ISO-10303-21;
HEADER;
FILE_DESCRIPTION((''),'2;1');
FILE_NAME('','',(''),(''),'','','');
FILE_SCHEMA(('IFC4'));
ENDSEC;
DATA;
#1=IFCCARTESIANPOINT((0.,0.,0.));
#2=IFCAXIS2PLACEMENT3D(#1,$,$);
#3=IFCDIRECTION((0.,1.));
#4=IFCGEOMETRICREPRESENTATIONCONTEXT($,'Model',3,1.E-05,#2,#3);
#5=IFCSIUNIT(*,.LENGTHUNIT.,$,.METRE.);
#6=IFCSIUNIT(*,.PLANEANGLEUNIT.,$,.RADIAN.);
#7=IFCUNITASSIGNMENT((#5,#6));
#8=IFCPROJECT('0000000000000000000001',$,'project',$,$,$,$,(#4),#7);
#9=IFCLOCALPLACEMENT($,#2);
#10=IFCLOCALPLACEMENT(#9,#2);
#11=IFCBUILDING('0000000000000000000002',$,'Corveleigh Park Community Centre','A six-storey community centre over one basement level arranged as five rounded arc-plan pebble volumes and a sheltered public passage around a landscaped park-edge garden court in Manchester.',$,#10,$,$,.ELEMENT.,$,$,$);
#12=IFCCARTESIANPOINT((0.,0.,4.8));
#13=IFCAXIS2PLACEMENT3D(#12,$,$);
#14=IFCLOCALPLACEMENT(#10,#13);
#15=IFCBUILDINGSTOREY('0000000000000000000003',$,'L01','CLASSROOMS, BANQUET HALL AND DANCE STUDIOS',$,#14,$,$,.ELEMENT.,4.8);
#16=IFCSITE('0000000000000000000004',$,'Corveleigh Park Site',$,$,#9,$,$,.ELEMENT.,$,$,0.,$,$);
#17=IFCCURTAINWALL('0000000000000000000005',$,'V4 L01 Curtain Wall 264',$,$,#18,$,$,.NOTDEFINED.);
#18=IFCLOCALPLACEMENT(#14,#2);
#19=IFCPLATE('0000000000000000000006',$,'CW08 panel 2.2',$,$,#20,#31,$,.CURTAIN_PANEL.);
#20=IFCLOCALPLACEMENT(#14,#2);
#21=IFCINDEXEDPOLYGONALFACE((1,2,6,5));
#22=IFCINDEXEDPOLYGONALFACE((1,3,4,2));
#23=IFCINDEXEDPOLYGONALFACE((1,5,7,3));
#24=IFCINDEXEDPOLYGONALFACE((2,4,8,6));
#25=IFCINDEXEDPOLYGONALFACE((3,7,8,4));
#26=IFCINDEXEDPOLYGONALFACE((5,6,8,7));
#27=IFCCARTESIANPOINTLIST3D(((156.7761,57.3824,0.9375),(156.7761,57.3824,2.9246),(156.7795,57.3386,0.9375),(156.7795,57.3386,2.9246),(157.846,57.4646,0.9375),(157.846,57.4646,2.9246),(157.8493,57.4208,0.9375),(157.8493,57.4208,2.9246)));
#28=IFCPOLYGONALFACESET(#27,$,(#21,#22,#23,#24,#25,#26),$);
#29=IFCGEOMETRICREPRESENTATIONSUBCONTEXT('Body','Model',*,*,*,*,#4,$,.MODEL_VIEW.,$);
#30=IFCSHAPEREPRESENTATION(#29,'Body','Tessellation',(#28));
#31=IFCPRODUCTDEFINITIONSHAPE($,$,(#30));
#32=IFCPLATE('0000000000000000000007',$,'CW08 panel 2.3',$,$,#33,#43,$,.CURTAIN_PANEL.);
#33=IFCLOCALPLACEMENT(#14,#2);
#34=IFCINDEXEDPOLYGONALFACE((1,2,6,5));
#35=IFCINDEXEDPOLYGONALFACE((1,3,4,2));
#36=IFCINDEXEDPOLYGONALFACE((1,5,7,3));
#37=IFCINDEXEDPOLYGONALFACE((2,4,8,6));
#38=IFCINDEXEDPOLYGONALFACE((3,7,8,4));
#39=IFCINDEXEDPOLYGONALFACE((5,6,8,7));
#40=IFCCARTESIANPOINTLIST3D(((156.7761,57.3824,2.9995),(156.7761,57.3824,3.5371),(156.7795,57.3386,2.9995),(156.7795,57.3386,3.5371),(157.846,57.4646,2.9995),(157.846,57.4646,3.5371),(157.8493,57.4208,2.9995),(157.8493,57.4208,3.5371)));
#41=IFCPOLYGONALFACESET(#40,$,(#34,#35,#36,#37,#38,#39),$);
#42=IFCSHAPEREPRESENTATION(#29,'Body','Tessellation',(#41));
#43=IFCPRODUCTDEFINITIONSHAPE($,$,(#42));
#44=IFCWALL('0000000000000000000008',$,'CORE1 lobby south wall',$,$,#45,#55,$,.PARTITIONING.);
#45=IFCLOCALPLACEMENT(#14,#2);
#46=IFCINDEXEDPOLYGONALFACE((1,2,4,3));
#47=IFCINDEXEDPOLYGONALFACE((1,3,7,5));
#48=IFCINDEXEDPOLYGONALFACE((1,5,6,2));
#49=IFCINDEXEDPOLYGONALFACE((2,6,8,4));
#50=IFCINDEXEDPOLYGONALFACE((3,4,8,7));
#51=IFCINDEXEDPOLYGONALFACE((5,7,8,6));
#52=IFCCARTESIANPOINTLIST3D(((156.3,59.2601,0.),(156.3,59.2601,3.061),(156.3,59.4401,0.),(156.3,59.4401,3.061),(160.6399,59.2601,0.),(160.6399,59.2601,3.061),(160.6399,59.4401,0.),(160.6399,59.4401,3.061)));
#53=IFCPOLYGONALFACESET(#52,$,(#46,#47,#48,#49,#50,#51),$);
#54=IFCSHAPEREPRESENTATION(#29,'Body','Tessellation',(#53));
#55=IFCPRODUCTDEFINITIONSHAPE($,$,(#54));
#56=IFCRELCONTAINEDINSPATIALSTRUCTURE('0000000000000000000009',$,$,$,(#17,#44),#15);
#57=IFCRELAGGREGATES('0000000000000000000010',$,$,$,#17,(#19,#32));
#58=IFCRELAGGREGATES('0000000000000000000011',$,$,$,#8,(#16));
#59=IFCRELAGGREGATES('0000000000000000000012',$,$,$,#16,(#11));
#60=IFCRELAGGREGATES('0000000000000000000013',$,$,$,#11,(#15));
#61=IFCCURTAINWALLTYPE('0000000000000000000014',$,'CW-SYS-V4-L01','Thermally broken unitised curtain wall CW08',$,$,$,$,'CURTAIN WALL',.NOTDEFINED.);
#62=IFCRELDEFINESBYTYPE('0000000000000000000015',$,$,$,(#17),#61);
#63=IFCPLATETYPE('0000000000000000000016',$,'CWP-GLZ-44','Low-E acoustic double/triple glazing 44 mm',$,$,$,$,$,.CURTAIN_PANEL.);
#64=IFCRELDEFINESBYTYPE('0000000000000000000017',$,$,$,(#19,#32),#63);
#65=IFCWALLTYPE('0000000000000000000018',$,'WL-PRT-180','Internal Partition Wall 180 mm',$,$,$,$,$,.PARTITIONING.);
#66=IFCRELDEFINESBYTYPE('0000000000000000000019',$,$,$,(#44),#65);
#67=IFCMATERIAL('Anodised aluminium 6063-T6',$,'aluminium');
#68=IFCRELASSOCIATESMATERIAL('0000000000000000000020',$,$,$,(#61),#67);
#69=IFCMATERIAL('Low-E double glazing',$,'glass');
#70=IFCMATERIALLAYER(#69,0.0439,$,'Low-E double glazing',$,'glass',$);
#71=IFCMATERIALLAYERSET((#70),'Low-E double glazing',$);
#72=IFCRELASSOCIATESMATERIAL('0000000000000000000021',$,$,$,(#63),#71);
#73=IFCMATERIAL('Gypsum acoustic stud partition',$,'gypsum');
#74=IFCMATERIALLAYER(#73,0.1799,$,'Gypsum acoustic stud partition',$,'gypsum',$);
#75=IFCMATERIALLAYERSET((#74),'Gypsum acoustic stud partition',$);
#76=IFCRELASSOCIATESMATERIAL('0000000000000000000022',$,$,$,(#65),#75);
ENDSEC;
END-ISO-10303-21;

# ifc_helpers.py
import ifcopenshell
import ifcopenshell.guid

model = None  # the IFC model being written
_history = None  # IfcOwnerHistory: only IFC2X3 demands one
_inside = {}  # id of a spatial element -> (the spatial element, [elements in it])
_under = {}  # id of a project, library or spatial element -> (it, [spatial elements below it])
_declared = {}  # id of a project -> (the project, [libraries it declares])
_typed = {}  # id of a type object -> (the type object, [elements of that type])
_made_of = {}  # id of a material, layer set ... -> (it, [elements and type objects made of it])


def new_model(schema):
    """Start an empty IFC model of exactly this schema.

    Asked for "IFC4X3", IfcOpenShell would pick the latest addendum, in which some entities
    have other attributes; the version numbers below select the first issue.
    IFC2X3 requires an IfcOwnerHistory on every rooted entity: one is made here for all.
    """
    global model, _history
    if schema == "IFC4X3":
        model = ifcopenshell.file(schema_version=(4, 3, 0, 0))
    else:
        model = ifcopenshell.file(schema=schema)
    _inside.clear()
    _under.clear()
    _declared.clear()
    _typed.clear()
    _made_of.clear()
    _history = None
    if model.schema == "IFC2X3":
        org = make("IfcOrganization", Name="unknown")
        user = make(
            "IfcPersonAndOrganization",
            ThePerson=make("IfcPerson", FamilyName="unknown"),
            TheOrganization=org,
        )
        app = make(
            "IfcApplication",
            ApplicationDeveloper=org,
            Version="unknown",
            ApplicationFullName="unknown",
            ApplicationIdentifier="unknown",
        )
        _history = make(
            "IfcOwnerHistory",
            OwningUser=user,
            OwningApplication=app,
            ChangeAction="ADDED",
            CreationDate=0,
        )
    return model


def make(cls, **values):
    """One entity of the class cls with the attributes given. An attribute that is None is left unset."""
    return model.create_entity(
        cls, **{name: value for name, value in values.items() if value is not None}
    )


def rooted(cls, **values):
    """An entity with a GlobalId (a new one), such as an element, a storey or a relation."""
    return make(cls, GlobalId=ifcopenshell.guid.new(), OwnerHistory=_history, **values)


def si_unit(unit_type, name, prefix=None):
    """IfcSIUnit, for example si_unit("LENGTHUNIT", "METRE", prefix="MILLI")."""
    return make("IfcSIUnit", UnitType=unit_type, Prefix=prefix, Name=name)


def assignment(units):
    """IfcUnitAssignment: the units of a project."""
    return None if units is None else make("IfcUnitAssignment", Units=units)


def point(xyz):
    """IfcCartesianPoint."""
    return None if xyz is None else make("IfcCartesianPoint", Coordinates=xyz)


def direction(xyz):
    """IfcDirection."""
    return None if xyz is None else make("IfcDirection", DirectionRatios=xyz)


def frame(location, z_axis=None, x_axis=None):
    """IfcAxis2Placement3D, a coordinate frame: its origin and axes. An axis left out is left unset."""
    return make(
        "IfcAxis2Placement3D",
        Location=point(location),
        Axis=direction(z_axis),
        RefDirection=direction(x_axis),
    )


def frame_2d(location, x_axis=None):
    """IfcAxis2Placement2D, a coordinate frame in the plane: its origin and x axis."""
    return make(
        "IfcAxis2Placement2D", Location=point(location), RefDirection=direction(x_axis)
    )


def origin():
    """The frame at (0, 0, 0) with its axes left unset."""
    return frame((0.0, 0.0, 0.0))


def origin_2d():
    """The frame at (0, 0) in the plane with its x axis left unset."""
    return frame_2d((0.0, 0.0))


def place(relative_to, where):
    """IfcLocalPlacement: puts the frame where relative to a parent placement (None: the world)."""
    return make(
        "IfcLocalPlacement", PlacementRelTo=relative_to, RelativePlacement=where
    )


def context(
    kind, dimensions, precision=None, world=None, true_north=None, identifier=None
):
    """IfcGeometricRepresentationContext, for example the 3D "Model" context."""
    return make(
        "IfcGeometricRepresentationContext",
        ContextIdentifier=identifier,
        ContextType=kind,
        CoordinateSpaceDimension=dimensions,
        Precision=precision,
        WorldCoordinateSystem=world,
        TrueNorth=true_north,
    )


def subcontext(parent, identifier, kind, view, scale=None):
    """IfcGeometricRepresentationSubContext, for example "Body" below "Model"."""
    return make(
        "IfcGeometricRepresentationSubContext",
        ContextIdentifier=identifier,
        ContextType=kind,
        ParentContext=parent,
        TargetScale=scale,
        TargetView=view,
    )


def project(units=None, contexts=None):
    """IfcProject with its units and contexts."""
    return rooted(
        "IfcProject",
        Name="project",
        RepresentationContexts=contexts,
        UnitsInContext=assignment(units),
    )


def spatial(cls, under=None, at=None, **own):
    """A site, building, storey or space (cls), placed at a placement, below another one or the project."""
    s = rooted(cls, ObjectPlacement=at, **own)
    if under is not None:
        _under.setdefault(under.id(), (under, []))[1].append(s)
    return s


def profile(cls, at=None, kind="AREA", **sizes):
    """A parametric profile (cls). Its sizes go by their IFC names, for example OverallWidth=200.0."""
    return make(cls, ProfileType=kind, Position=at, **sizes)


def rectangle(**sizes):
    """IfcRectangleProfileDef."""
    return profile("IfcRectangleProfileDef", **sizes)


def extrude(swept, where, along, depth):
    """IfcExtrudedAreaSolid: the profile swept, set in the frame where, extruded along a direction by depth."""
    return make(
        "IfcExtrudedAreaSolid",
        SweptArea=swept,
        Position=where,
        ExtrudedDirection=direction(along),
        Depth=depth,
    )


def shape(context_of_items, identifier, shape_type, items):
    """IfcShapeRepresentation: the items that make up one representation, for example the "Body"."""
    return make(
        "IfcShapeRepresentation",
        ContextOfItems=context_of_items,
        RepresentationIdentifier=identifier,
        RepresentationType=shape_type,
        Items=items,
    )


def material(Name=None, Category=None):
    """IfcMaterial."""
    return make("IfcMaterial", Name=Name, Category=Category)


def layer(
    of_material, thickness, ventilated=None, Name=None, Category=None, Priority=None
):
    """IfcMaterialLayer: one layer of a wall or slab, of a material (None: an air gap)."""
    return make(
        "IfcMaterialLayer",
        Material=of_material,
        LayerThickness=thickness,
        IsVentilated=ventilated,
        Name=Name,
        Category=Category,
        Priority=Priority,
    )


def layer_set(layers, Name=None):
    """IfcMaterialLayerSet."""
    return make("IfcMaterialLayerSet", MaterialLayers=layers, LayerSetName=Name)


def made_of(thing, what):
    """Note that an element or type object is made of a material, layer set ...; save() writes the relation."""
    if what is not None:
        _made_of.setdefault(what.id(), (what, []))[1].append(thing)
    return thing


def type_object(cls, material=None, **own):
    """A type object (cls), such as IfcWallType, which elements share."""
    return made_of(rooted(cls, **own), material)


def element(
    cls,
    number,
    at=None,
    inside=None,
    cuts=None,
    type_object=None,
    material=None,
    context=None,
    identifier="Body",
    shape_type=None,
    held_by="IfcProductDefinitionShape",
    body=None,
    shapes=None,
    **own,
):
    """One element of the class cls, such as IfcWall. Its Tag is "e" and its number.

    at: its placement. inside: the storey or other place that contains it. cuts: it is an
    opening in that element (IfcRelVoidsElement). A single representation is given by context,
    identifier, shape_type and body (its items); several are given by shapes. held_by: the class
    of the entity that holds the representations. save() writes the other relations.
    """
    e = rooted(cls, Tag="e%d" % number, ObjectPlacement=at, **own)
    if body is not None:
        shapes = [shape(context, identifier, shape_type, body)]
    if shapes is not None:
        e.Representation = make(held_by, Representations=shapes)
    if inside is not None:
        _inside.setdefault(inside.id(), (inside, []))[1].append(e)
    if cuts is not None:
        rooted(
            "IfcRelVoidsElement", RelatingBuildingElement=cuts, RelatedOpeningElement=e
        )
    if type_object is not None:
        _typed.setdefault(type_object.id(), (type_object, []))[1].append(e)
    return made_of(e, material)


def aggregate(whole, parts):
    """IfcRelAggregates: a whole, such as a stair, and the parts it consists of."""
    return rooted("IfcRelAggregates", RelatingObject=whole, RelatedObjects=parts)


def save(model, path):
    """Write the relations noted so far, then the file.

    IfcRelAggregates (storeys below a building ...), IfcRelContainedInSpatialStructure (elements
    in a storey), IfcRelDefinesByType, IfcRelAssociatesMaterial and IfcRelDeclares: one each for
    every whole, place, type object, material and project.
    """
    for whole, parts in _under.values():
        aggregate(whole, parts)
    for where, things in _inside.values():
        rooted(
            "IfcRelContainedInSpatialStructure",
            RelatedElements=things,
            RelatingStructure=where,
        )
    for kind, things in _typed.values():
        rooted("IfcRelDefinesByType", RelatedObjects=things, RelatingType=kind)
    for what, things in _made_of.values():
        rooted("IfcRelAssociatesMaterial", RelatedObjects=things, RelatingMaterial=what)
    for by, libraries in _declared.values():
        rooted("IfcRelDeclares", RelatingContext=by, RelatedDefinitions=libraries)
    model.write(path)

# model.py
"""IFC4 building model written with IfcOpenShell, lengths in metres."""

from ifc_helpers import new_model, si_unit, direction, frame, frame_2d, origin, origin_2d, place, context, subcontext, project, spatial, rectangle, extrude, material, layer, layer_set, type_object, element, aggregate, save


model = new_model("IFC4")

# Units and contexts
model_context = context("Model", 3, precision=1e-05, world=origin(), true_north=direction((0.0, 1.0)))
body_context = subcontext(model_context, "Body", "Model", "MODEL_VIEW")
ifc_project = project(units=[si_unit("LENGTHUNIT", "METRE"), si_unit("PLANEANGLEUNIT", "RADIAN")], contexts=[model_context])

# Site, building, storey
site_placement = place(None, origin())
site = spatial("IfcSite", under=ifc_project, at=site_placement, Name="Corveleigh Park Site", CompositionType="ELEMENT", RefElevation=0.0)
building_placement = place(site_placement, origin())
building = spatial("IfcBuilding", under=site, at=building_placement, Name="Corveleigh Park Community Centre", Description="A six-storey community centre over one basement level arranged as five rounded arc-plan pebble volumes and a sheltered public passage around a landscaped park-edge garden court in Manchester.", CompositionType="ELEMENT")
storey_placement = place(building_placement, frame((0.0, 0.0, 4.8)))
storey = spatial("IfcBuildingStorey", under=building, at=storey_placement, Name="L01", Description="CLASSROOMS, BANQUET HALL AND DANCE STUDIOS", CompositionType="ELEMENT", Elevation=4.8)

# Curtain wall
ifc_material_1 = material(Name="Anodised aluminium 6063-T6", Category="aluminium")
curtain_wall_type = type_object("IfcCurtainWallType", Name="CW-SYS-V4-L01", Description="Thermally broken unitised curtain wall CW08", ElementType="CURTAIN WALL", PredefinedType="NOTDEFINED", material=ifc_material_1)
curtain_wall_1_placement = place(storey_placement, origin())
curtain_wall_1 = element("IfcCurtainWall", 1, at=curtain_wall_1_placement, inside=storey, type_object=curtain_wall_type, Name="V4 L01 Curtain Wall 264", PredefinedType="NOTDEFINED")

# Plates
ifc_material_2 = material(Name="Low-E double glazing", Category="glass")
ifc_layer_1 = layer(ifc_material_2, 0.0439, Name="Low-E double glazing", Category="glass")
ifc_layer_set_1 = layer_set([ifc_layer_1], Name="Low-E double glazing")
plate_type = type_object("IfcPlateType", Name="CWP-GLZ-44", Description="Low-E acoustic double/triple glazing 44 mm", PredefinedType="CURTAIN_PANEL", material=ifc_layer_set_1)
plate_1_placement = place(storey_placement, frame((157.3127, 57.4016, 0.9375), z_axis=(0.0, 0.0, 1.0), x_axis=(-0.997059, -0.076633, 0.0)))
plate_1 = element("IfcPlate", 2, at=plate_1_placement, type_object=plate_type, Name="CW08 panel 2.2", PredefinedType="CURTAIN_PANEL", context=body_context, shape_type="SweptSolid", body=[
    extrude(rectangle(XDim=1.073, YDim=0.0439, at=origin_2d()), origin(), (0.0, 0.0, 1.0), 1.9871),
])
plate_2_placement = place(storey_placement, frame((157.3127, 57.4016, 2.9995), z_axis=(0.0, 0.0, 1.0), x_axis=(-0.997059, -0.076633, 0.0)))
plate_2 = element("IfcPlate", 3, at=plate_2_placement, type_object=plate_type, Name="CW08 panel 2.3", PredefinedType="CURTAIN_PANEL", context=body_context, shape_type="SweptSolid", body=[
    extrude(rectangle(XDim=1.073, YDim=0.0439, at=origin_2d()), origin(), (0.0, 0.0, 1.0), 0.5376),
])
aggregate(curtain_wall_1, [plate_1, plate_2])

# Wall
ifc_material_3 = material(Name="Gypsum acoustic stud partition", Category="gypsum")
ifc_layer_2 = layer(ifc_material_3, 0.1799, Name="Gypsum acoustic stud partition", Category="gypsum")
ifc_layer_set_2 = layer_set([ifc_layer_2], Name="Gypsum acoustic stud partition")
wall_type = type_object("IfcWallType", Name="WL-PRT-180", Description="Internal Partition Wall 180 mm", PredefinedType="PARTITIONING", material=ifc_layer_set_2)
wall_placement = place(storey_placement, frame((156.3, 59.3501, 0.0), z_axis=(0.0, 0.0, 1.0), x_axis=(1.0, 0.0, 0.0)))
element("IfcWall", 4, at=wall_placement, inside=storey, type_object=wall_type, Name="CORE1 lobby south wall", PredefinedType="PARTITIONING", context=body_context, shape_type="SweptSolid", body=[
    extrude(rectangle(XDim=4.3398, YDim=0.1799, at=frame_2d((2.1699, 0.0))), origin(), (0.0, 0.0, 1.0), 3.061),
])

save(model, "model.ifc")
